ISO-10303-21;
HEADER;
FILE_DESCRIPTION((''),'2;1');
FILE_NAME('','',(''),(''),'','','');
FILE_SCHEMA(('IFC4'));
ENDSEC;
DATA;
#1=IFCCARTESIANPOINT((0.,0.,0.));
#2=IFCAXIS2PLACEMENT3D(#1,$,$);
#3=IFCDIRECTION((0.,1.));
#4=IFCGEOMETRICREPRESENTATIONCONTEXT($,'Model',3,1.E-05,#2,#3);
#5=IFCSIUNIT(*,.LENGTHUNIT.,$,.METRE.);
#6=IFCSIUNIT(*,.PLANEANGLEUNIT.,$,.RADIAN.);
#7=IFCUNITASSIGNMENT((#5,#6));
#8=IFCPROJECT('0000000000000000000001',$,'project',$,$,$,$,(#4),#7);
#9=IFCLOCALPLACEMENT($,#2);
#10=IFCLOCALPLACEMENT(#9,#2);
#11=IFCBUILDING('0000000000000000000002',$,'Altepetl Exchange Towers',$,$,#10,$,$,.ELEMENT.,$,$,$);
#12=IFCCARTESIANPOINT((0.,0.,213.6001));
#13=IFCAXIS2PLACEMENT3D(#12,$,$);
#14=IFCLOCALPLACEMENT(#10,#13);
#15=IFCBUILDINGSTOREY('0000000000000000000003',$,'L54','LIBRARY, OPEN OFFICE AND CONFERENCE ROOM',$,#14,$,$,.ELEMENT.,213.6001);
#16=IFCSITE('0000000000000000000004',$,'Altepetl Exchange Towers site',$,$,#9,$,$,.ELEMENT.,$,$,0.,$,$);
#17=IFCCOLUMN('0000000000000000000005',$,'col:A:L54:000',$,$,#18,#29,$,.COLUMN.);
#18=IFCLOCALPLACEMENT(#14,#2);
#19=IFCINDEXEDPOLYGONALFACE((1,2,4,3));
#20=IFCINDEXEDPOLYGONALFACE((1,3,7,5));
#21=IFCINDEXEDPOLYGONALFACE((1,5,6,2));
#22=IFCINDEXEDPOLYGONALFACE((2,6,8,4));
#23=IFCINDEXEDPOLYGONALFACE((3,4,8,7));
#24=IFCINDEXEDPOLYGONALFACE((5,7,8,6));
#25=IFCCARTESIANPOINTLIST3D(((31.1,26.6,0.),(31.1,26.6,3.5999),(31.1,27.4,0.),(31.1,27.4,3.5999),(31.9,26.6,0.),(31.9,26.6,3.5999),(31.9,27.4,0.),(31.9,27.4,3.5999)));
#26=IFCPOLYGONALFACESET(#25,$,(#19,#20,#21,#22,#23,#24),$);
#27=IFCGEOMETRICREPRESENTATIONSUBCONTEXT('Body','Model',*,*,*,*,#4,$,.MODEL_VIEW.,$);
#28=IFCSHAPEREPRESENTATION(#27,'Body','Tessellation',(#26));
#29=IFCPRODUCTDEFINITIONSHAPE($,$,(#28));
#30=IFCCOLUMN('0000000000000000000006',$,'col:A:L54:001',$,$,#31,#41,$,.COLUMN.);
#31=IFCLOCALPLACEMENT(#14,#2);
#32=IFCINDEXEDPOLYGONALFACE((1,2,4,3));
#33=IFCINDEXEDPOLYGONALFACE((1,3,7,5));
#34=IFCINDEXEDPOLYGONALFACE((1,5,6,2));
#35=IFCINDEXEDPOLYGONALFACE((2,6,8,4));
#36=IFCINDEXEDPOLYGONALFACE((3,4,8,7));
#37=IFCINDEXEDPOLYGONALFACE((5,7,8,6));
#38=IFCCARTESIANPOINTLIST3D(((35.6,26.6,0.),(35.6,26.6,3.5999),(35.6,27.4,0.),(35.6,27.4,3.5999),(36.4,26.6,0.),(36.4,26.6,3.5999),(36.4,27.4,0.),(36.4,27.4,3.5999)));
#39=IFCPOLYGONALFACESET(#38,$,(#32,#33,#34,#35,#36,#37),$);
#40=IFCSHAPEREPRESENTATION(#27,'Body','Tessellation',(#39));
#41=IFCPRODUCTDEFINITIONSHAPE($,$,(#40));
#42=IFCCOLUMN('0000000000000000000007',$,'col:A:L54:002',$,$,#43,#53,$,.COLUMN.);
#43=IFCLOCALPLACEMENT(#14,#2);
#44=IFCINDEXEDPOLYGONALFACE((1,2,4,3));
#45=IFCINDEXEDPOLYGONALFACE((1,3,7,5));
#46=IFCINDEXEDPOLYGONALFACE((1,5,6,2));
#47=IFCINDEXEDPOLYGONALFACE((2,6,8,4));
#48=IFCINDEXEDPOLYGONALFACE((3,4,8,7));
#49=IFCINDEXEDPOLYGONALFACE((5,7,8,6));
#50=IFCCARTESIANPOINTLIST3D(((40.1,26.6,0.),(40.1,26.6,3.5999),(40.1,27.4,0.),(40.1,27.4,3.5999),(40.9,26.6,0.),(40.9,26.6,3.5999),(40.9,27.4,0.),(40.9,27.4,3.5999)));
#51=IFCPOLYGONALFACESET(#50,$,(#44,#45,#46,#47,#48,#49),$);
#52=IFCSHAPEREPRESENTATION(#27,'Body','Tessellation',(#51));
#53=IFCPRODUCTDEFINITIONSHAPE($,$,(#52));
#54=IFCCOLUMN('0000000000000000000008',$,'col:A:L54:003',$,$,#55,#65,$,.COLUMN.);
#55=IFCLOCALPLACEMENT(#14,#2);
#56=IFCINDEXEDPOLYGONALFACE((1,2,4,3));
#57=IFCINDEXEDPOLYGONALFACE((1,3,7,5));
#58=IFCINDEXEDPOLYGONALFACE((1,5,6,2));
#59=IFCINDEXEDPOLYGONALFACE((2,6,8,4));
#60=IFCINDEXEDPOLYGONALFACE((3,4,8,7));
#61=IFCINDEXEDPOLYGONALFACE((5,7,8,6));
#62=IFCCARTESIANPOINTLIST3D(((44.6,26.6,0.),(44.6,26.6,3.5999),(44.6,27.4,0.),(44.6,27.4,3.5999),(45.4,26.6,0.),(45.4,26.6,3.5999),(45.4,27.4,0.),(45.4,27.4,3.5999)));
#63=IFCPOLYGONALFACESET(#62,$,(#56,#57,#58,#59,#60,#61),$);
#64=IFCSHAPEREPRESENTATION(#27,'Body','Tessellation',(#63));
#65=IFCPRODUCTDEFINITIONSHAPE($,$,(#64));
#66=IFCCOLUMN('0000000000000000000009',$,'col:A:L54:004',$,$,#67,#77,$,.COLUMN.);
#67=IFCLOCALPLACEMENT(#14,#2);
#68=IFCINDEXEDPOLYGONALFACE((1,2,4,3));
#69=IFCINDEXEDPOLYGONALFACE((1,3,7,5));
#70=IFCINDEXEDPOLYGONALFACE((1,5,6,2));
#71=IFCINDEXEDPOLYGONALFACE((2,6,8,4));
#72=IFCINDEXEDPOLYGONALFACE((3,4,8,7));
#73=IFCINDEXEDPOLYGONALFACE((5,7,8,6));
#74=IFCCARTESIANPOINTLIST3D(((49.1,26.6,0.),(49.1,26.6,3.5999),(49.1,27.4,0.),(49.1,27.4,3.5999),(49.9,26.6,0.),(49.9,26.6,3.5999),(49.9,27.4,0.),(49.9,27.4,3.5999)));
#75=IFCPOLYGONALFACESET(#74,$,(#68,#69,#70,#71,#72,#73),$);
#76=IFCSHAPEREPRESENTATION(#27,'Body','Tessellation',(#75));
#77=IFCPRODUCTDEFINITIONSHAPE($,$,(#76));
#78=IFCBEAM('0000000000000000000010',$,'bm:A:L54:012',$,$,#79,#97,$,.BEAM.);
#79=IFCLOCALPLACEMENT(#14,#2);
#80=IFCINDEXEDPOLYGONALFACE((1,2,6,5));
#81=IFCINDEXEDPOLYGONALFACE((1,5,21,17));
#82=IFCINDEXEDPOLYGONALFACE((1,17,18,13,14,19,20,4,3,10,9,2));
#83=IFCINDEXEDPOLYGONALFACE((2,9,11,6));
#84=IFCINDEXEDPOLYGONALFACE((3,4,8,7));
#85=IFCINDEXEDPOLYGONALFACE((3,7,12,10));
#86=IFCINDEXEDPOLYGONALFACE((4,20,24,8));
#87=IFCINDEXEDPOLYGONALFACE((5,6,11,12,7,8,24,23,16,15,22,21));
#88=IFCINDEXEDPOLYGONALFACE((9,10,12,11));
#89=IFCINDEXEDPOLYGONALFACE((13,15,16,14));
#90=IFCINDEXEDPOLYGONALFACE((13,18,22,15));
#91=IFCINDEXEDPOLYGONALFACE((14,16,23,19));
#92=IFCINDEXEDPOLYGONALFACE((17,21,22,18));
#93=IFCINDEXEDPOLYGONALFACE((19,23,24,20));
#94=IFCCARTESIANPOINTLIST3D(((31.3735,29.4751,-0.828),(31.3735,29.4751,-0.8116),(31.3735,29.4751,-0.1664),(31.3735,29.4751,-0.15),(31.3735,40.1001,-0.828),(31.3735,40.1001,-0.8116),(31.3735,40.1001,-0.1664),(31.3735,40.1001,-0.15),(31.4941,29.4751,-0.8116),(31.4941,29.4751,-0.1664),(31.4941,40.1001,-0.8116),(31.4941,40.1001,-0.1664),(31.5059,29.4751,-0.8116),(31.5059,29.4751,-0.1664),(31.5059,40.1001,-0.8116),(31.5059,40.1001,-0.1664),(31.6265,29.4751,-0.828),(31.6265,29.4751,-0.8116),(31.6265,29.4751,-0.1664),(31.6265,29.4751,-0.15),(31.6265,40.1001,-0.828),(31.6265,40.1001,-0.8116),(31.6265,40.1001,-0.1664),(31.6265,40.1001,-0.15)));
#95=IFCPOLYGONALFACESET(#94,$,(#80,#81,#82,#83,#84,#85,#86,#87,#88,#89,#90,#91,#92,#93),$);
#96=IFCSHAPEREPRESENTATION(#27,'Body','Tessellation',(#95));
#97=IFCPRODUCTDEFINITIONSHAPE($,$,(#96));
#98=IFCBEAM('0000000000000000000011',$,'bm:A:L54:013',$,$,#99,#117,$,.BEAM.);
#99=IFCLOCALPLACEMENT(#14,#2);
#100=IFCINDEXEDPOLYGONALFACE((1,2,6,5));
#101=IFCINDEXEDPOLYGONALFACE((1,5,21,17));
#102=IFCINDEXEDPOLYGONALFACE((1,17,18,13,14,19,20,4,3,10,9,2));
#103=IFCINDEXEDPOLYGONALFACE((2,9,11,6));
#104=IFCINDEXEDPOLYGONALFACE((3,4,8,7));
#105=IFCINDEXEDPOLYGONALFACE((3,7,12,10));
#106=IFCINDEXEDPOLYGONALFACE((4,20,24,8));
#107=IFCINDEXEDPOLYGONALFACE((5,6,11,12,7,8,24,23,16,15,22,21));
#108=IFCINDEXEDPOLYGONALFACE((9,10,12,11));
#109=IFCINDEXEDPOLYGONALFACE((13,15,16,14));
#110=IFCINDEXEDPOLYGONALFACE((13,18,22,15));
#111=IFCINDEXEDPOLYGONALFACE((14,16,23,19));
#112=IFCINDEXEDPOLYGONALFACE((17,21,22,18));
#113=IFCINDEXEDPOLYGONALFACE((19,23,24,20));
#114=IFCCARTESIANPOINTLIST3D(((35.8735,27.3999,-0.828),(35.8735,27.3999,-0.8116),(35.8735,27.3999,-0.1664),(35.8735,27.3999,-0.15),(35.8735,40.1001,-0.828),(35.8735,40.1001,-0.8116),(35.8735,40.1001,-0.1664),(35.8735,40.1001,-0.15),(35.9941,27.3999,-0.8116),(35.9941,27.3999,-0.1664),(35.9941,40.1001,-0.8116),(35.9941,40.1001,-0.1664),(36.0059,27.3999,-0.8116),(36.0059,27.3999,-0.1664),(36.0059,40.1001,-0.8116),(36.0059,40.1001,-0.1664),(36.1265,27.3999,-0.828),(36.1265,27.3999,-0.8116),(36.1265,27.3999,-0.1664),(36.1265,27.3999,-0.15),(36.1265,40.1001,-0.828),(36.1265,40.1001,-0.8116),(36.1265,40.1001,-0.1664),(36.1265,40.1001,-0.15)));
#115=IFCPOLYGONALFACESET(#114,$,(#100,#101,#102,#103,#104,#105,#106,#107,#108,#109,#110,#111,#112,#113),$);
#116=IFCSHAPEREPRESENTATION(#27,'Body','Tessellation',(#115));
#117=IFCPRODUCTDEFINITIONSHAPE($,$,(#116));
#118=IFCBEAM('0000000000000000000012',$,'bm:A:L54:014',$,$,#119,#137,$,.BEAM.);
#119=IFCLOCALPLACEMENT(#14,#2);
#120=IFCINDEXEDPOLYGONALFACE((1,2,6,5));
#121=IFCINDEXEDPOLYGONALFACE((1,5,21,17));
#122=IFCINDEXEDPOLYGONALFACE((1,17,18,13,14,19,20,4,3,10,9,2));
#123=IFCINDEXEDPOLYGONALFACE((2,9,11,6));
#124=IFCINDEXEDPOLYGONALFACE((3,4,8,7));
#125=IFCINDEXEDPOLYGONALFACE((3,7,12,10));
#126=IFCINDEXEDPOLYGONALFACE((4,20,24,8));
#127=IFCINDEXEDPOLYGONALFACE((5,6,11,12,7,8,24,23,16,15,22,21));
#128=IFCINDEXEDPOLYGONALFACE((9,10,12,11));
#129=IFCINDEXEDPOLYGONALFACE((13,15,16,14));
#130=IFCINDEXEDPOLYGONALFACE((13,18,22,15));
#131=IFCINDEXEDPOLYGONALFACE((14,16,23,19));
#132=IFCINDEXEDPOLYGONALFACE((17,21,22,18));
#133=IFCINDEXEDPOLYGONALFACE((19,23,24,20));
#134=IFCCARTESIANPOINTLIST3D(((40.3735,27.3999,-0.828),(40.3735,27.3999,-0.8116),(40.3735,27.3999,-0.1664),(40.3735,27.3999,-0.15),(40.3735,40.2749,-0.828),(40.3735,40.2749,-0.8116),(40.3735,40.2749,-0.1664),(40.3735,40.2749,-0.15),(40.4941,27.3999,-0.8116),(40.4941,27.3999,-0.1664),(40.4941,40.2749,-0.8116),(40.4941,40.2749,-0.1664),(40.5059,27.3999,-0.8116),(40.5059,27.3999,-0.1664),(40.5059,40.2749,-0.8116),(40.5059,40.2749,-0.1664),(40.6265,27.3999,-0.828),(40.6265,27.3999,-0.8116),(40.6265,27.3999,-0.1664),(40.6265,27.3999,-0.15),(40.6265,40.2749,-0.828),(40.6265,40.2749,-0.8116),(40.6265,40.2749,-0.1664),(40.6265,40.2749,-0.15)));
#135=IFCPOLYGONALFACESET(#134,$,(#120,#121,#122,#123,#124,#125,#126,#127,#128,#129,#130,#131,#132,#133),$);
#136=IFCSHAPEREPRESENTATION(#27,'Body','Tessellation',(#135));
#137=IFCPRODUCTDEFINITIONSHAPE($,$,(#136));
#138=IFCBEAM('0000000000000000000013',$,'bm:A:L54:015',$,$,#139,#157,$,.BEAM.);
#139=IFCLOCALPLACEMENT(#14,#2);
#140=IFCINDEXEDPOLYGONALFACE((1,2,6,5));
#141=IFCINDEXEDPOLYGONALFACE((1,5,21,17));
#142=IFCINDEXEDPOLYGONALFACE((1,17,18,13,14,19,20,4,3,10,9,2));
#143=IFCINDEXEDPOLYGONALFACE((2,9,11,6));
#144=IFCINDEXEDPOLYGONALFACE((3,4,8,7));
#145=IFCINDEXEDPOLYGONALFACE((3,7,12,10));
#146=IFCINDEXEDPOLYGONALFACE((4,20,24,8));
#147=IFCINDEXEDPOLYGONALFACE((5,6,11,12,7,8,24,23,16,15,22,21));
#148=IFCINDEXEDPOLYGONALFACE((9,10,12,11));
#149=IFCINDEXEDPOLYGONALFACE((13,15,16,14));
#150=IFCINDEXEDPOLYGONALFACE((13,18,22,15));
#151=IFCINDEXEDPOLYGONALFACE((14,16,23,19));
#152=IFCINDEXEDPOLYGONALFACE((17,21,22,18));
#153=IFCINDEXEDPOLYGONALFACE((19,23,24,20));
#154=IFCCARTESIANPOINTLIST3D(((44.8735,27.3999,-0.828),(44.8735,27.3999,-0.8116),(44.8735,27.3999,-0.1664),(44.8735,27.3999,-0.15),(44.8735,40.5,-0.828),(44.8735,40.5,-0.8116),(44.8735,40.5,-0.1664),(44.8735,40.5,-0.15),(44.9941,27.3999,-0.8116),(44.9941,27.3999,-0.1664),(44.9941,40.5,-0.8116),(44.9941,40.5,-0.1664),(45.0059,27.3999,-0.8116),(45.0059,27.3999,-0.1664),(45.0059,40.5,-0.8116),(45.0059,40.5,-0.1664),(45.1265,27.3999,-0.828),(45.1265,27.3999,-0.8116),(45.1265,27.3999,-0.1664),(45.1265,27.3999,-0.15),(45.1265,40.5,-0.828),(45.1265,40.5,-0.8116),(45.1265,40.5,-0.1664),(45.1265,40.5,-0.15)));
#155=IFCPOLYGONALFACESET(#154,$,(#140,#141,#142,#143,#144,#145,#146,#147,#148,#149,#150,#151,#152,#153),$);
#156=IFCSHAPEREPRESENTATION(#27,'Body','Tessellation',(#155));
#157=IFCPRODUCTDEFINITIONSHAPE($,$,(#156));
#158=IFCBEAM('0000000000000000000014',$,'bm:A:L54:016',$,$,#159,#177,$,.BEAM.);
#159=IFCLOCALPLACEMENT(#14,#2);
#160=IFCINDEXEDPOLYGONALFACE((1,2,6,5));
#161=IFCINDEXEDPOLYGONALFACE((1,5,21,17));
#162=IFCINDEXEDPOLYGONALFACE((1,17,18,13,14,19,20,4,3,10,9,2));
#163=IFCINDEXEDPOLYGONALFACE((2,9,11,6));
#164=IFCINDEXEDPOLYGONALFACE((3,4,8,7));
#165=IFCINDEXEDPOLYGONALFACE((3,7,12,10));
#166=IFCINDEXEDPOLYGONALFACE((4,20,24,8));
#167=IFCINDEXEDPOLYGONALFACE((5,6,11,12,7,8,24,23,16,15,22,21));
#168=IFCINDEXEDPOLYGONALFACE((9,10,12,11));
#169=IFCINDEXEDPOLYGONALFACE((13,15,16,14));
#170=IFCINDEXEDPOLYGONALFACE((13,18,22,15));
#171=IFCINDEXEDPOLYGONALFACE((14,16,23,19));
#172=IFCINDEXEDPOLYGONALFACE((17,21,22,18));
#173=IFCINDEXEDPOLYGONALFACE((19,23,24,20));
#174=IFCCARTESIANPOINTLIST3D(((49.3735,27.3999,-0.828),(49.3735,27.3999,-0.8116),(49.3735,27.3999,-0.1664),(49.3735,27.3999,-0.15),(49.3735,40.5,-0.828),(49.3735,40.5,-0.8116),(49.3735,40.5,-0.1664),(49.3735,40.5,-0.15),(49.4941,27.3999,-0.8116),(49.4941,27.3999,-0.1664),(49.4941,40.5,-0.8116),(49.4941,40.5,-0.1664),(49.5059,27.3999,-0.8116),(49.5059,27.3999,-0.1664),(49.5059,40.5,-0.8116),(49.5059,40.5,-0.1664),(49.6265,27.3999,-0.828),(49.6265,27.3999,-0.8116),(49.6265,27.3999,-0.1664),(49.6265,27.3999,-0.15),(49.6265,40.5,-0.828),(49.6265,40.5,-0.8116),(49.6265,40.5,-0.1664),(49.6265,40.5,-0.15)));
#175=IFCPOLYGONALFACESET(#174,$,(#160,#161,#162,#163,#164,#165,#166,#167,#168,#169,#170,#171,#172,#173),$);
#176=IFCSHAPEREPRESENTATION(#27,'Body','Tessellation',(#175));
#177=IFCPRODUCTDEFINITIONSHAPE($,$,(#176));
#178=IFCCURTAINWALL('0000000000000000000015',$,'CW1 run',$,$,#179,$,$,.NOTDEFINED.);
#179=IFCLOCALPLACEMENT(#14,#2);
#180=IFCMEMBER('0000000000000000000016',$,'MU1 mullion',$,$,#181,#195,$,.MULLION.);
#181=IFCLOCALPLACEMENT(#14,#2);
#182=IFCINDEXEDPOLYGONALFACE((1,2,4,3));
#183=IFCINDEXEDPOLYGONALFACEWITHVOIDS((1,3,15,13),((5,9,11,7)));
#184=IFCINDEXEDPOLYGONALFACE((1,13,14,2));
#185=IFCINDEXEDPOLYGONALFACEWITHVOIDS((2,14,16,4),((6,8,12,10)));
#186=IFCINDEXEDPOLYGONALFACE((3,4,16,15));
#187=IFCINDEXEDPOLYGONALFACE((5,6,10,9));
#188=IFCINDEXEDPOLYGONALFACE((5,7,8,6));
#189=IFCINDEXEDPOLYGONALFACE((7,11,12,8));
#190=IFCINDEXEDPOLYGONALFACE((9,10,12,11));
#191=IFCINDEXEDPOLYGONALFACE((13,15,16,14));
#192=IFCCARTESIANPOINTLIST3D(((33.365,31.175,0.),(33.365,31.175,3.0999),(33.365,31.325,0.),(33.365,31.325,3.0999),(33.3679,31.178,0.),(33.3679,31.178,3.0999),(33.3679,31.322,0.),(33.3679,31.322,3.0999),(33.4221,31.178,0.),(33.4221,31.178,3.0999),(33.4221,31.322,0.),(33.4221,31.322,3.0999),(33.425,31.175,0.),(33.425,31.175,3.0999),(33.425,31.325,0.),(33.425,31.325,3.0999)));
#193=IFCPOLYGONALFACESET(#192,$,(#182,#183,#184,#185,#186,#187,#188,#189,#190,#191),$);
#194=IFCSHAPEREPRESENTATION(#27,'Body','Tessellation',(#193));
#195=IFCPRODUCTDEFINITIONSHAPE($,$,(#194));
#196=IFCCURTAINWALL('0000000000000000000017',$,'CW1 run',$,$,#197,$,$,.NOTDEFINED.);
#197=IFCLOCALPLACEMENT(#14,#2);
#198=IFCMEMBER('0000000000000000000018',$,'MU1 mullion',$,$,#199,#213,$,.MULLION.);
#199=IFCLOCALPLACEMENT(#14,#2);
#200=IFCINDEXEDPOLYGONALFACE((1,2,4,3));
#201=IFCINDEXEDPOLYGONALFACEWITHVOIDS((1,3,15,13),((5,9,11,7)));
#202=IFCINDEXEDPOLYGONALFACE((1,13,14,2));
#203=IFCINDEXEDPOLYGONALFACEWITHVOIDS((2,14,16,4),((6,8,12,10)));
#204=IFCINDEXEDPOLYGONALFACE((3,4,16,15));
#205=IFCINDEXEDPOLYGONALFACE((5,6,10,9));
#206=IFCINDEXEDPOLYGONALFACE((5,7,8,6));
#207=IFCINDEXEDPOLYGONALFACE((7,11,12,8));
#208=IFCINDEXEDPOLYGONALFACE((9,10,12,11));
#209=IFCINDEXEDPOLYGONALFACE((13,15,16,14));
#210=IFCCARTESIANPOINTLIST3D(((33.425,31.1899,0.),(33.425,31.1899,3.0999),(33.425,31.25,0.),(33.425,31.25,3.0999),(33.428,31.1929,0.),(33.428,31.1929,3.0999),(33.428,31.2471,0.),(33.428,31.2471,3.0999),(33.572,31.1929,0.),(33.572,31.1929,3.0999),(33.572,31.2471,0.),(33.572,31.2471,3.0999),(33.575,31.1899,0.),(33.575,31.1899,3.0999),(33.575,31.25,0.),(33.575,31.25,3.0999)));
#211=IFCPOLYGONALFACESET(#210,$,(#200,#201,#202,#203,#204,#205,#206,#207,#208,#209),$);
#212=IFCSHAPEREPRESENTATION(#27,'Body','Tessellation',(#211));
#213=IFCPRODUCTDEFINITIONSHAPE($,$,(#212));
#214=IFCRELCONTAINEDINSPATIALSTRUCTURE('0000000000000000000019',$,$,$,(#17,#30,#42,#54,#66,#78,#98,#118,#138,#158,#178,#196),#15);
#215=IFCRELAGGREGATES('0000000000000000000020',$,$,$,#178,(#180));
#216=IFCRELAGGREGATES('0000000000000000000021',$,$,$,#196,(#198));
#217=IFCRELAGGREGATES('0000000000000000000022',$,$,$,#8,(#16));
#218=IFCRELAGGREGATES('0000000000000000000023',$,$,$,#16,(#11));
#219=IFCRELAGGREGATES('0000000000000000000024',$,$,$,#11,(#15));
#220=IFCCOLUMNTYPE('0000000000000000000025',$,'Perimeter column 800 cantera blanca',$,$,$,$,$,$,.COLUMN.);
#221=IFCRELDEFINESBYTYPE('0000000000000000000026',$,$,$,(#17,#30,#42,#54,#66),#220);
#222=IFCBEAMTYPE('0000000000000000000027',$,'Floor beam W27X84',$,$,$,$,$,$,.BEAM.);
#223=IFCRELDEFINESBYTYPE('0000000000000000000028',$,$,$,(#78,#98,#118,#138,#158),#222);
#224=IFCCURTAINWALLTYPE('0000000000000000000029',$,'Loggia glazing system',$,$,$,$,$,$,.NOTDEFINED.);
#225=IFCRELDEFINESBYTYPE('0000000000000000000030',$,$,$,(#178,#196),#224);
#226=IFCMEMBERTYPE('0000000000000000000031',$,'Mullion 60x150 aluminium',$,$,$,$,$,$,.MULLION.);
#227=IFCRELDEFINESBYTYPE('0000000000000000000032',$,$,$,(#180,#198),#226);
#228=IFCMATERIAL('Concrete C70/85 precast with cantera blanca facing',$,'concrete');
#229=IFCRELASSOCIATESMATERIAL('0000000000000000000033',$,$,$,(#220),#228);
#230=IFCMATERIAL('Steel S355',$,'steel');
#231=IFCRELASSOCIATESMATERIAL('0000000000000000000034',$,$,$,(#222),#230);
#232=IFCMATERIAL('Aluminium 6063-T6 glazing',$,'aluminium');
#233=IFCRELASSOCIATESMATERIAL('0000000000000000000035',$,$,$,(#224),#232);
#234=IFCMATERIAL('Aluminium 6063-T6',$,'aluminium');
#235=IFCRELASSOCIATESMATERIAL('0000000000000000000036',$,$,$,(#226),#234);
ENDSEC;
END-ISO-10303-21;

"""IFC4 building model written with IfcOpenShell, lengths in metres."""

from ifc_helpers import new_model, si_unit, direction, frame, origin, origin_2d, place, context, subcontext, project, spatial, rectangle, hollow_rectangle, i_section, extrude, material, material_profile, profile_set, type_object, element, aggregate, save


model = new_model("IFC4")

# Units and contexts
model_context = context("Model", 3, precision=1e-05, world=origin(), true_north=direction((0.0, 1.0)))
body_context = subcontext(model_context, "Body", "Model", "MODEL_VIEW")
ifc_project = project(units=[si_unit("LENGTHUNIT", "METRE"), si_unit("PLANEANGLEUNIT", "RADIAN")], contexts=[model_context])

# Site, building, storey
site_placement = place(None, origin())
site = spatial("IfcSite", under=ifc_project, at=site_placement, Name="Altepetl Exchange Towers site", CompositionType="ELEMENT", RefElevation=0.0)
building_placement = place(site_placement, origin())
building = spatial("IfcBuilding", under=site, at=building_placement, Name="Altepetl Exchange Towers", CompositionType="ELEMENT")
storey_placement = place(building_placement, frame((0.0, 0.0, 213.6001)))
storey = spatial("IfcBuildingStorey", under=building, at=storey_placement, Name="L54", Description="LIBRARY, OPEN OFFICE AND CONFERENCE ROOM", CompositionType="ELEMENT", Elevation=213.6001)

# Columns
ifc_material_1 = material(Name="Concrete C70/85 precast with cantera blanca facing", Category="concrete")
ifc_material_profile_1 = material_profile(ifc_material_1, rectangle(XDim=0.8, YDim=0.8, at=origin_2d()), Name="800 x 800")
ifc_profile_set_1 = profile_set([ifc_material_profile_1], Name="Concrete C70/85 precast with cantera blanca facing")
column_type = type_object("IfcColumnType", Name="Perimeter column 800 cantera blanca", PredefinedType="COLUMN", material=ifc_profile_set_1)
for number, where, name in (
    (1, (31.5, 27.0, 0.0), "col:A:L54:000"),
    (2, (36.0, 27.0, 0.0), "col:A:L54:001"),
    (3, (40.5, 27.0, 0.0), "col:A:L54:002"),
    (4, (45.0, 27.0, 0.0), "col:A:L54:003"),
    (5, (49.5, 27.0, 0.0), "col:A:L54:004"),
):
    element("IfcColumn", number, at=place(storey_placement, frame(where)), inside=storey, type_object=column_type, Name=name, PredefinedType="COLUMN", context=body_context, shape_type="SweptSolid", body=[
        extrude(rectangle(XDim=0.8, YDim=0.8, at=origin_2d()), origin(), (0.0, 0.0, 1.0), 3.5999),
    ])

# Beams
ifc_material_2 = material(Name="Steel S355", Category="steel")
ifc_material_profile_2 = material_profile(ifc_material_2, i_section(OverallWidth=0.2529, OverallDepth=0.678, WebThickness=0.0117, FlangeThickness=0.0164, at=origin_2d()), Name="W27X84")
ifc_profile_set_2 = profile_set([ifc_material_profile_2], Name="Steel S355")
beam_type_1 = type_object("IfcBeamType", Name="Floor beam W27X84", PredefinedType="BEAM", material=ifc_profile_set_2)
beam_1_placement = place(storey_placement, frame((31.5, 29.4751, -0.489), z_axis=(0.0, 1.0, 0.0), x_axis=(-1.0, 0.0, 0.0)))
element("IfcBeam", 6, at=beam_1_placement, inside=storey, type_object=beam_type_1, Name="bm:A:L54:012", PredefinedType="BEAM", context=body_context, shape_type="SweptSolid", body=[
    extrude(i_section(OverallWidth=0.2529, OverallDepth=0.678, WebThickness=0.0117, FlangeThickness=0.0164, at=origin_2d()), origin(), (0.0, 0.0, 1.0), 10.625),
])
beam_2_placement = place(storey_placement, frame((36.0, 27.3999, -0.489), z_axis=(0.0, 1.0, 0.0), x_axis=(-1.0, 0.0, 0.0)))
element("IfcBeam", 7, at=beam_2_placement, inside=storey, type_object=beam_type_1, Name="bm:A:L54:013", PredefinedType="BEAM", context=body_context, shape_type="SweptSolid", body=[
    extrude(i_section(OverallWidth=0.2529, OverallDepth=0.678, WebThickness=0.0117, FlangeThickness=0.0164, at=origin_2d()), origin(), (0.0, 0.0, 1.0), 12.7002),
])
beam_3_placement = place(storey_placement, frame((40.5, 27.3999, -0.489), z_axis=(0.0, 1.0, 0.0), x_axis=(-1.0, 0.0, 0.0)))
element("IfcBeam", 8, at=beam_3_placement, inside=storey, type_object=beam_type_1, Name="bm:A:L54:014", PredefinedType="BEAM", context=body_context, shape_type="SweptSolid", body=[
    extrude(i_section(OverallWidth=0.2529, OverallDepth=0.678, WebThickness=0.0117, FlangeThickness=0.0164, at=origin_2d()), origin(), (0.0, 0.0, 1.0), 12.875),
])
for number, where, z_axis, x_axis, name in (
    (9, (45.0, 27.3999, -0.489), (0.0, 1.0, 0.0), (-1.0, 0.0, 0.0), "bm:A:L54:015"),
    (10, (49.5, 27.3999, -0.489), (0.0, 1.0, 0.0), (-1.0, 0.0, 0.0), "bm:A:L54:016"),
):
    element("IfcBeam", number, at=place(storey_placement, frame(where, z_axis=z_axis, x_axis=x_axis)), inside=storey, type_object=beam_type_1, Name=name, PredefinedType="BEAM", context=body_context, shape_type="SweptSolid", body=[
        extrude(i_section(OverallWidth=0.2529, OverallDepth=0.678, WebThickness=0.0117, FlangeThickness=0.0164, at=origin_2d()), origin(), (0.0, 0.0, 1.0), 13.1001),
    ])

# Curtain wall, member
ifc_material_3 = material(Name="Aluminium 6063-T6 glazing", Category="aluminium")
curtain_wall_type = type_object("IfcCurtainWallType", Name="Loggia glazing system", PredefinedType="NOTDEFINED", material=ifc_material_3)
curtain_wall_1_placement = place(storey_placement, origin())
curtain_wall_1 = element("IfcCurtainWall", 11, at=curtain_wall_1_placement, inside=storey, type_object=curtain_wall_type, Name="CW1 run", PredefinedType="NOTDEFINED")
ifc_material_4 = material(Name="Aluminium 6063-T6", Category="aluminium")
ifc_material_profile_3 = material_profile(ifc_material_4, hollow_rectangle(XDim=0.0601, YDim=0.1499, WallThickness=0.0029, at=origin_2d()), Name="Mullion 60x150 aluminium")
ifc_profile_set_3 = profile_set([ifc_material_profile_3], Name="Aluminium 6063-T6")
member_type = type_object("IfcMemberType", Name="Mullion 60x150 aluminium", PredefinedType="MULLION", material=ifc_profile_set_3)
member_1_placement = place(storey_placement, frame((33.395, 31.25, 0.0)))
member_1 = element("IfcMember", 12, at=member_1_placement, type_object=member_type, Name="MU1 mullion", PredefinedType="MULLION", context=body_context, shape_type="SweptSolid", body=[
    extrude(hollow_rectangle(XDim=0.0601, YDim=0.1499, WallThickness=0.0029, at=origin_2d()), origin(), (0.0, 0.0, 1.0), 3.0999),
])

# Curtain wall, member
curtain_wall_2_placement = place(storey_placement, origin())
curtain_wall_2 = element("IfcCurtainWall", 13, at=curtain_wall_2_placement, inside=storey, type_object=curtain_wall_type, Name="CW1 run", PredefinedType="NOTDEFINED")
member_2_placement = place(storey_placement, frame((33.5, 31.22, 0.0), z_axis=(0.0, 0.0, 1.0), x_axis=(0.0, -1.0, 0.0)))
member_2 = element("IfcMember", 14, at=member_2_placement, type_object=member_type, Name="MU1 mullion", PredefinedType="MULLION", context=body_context, shape_type="SweptSolid", body=[
    extrude(hollow_rectangle(XDim=0.0601, YDim=0.1499, WallThickness=0.0029, at=origin_2d()), origin(), (0.0, 0.0, 1.0), 3.0999),
])

aggregate(curtain_wall_1, [member_1])
aggregate(curtain_wall_2, [member_2])

save(model, "model.ifc")
